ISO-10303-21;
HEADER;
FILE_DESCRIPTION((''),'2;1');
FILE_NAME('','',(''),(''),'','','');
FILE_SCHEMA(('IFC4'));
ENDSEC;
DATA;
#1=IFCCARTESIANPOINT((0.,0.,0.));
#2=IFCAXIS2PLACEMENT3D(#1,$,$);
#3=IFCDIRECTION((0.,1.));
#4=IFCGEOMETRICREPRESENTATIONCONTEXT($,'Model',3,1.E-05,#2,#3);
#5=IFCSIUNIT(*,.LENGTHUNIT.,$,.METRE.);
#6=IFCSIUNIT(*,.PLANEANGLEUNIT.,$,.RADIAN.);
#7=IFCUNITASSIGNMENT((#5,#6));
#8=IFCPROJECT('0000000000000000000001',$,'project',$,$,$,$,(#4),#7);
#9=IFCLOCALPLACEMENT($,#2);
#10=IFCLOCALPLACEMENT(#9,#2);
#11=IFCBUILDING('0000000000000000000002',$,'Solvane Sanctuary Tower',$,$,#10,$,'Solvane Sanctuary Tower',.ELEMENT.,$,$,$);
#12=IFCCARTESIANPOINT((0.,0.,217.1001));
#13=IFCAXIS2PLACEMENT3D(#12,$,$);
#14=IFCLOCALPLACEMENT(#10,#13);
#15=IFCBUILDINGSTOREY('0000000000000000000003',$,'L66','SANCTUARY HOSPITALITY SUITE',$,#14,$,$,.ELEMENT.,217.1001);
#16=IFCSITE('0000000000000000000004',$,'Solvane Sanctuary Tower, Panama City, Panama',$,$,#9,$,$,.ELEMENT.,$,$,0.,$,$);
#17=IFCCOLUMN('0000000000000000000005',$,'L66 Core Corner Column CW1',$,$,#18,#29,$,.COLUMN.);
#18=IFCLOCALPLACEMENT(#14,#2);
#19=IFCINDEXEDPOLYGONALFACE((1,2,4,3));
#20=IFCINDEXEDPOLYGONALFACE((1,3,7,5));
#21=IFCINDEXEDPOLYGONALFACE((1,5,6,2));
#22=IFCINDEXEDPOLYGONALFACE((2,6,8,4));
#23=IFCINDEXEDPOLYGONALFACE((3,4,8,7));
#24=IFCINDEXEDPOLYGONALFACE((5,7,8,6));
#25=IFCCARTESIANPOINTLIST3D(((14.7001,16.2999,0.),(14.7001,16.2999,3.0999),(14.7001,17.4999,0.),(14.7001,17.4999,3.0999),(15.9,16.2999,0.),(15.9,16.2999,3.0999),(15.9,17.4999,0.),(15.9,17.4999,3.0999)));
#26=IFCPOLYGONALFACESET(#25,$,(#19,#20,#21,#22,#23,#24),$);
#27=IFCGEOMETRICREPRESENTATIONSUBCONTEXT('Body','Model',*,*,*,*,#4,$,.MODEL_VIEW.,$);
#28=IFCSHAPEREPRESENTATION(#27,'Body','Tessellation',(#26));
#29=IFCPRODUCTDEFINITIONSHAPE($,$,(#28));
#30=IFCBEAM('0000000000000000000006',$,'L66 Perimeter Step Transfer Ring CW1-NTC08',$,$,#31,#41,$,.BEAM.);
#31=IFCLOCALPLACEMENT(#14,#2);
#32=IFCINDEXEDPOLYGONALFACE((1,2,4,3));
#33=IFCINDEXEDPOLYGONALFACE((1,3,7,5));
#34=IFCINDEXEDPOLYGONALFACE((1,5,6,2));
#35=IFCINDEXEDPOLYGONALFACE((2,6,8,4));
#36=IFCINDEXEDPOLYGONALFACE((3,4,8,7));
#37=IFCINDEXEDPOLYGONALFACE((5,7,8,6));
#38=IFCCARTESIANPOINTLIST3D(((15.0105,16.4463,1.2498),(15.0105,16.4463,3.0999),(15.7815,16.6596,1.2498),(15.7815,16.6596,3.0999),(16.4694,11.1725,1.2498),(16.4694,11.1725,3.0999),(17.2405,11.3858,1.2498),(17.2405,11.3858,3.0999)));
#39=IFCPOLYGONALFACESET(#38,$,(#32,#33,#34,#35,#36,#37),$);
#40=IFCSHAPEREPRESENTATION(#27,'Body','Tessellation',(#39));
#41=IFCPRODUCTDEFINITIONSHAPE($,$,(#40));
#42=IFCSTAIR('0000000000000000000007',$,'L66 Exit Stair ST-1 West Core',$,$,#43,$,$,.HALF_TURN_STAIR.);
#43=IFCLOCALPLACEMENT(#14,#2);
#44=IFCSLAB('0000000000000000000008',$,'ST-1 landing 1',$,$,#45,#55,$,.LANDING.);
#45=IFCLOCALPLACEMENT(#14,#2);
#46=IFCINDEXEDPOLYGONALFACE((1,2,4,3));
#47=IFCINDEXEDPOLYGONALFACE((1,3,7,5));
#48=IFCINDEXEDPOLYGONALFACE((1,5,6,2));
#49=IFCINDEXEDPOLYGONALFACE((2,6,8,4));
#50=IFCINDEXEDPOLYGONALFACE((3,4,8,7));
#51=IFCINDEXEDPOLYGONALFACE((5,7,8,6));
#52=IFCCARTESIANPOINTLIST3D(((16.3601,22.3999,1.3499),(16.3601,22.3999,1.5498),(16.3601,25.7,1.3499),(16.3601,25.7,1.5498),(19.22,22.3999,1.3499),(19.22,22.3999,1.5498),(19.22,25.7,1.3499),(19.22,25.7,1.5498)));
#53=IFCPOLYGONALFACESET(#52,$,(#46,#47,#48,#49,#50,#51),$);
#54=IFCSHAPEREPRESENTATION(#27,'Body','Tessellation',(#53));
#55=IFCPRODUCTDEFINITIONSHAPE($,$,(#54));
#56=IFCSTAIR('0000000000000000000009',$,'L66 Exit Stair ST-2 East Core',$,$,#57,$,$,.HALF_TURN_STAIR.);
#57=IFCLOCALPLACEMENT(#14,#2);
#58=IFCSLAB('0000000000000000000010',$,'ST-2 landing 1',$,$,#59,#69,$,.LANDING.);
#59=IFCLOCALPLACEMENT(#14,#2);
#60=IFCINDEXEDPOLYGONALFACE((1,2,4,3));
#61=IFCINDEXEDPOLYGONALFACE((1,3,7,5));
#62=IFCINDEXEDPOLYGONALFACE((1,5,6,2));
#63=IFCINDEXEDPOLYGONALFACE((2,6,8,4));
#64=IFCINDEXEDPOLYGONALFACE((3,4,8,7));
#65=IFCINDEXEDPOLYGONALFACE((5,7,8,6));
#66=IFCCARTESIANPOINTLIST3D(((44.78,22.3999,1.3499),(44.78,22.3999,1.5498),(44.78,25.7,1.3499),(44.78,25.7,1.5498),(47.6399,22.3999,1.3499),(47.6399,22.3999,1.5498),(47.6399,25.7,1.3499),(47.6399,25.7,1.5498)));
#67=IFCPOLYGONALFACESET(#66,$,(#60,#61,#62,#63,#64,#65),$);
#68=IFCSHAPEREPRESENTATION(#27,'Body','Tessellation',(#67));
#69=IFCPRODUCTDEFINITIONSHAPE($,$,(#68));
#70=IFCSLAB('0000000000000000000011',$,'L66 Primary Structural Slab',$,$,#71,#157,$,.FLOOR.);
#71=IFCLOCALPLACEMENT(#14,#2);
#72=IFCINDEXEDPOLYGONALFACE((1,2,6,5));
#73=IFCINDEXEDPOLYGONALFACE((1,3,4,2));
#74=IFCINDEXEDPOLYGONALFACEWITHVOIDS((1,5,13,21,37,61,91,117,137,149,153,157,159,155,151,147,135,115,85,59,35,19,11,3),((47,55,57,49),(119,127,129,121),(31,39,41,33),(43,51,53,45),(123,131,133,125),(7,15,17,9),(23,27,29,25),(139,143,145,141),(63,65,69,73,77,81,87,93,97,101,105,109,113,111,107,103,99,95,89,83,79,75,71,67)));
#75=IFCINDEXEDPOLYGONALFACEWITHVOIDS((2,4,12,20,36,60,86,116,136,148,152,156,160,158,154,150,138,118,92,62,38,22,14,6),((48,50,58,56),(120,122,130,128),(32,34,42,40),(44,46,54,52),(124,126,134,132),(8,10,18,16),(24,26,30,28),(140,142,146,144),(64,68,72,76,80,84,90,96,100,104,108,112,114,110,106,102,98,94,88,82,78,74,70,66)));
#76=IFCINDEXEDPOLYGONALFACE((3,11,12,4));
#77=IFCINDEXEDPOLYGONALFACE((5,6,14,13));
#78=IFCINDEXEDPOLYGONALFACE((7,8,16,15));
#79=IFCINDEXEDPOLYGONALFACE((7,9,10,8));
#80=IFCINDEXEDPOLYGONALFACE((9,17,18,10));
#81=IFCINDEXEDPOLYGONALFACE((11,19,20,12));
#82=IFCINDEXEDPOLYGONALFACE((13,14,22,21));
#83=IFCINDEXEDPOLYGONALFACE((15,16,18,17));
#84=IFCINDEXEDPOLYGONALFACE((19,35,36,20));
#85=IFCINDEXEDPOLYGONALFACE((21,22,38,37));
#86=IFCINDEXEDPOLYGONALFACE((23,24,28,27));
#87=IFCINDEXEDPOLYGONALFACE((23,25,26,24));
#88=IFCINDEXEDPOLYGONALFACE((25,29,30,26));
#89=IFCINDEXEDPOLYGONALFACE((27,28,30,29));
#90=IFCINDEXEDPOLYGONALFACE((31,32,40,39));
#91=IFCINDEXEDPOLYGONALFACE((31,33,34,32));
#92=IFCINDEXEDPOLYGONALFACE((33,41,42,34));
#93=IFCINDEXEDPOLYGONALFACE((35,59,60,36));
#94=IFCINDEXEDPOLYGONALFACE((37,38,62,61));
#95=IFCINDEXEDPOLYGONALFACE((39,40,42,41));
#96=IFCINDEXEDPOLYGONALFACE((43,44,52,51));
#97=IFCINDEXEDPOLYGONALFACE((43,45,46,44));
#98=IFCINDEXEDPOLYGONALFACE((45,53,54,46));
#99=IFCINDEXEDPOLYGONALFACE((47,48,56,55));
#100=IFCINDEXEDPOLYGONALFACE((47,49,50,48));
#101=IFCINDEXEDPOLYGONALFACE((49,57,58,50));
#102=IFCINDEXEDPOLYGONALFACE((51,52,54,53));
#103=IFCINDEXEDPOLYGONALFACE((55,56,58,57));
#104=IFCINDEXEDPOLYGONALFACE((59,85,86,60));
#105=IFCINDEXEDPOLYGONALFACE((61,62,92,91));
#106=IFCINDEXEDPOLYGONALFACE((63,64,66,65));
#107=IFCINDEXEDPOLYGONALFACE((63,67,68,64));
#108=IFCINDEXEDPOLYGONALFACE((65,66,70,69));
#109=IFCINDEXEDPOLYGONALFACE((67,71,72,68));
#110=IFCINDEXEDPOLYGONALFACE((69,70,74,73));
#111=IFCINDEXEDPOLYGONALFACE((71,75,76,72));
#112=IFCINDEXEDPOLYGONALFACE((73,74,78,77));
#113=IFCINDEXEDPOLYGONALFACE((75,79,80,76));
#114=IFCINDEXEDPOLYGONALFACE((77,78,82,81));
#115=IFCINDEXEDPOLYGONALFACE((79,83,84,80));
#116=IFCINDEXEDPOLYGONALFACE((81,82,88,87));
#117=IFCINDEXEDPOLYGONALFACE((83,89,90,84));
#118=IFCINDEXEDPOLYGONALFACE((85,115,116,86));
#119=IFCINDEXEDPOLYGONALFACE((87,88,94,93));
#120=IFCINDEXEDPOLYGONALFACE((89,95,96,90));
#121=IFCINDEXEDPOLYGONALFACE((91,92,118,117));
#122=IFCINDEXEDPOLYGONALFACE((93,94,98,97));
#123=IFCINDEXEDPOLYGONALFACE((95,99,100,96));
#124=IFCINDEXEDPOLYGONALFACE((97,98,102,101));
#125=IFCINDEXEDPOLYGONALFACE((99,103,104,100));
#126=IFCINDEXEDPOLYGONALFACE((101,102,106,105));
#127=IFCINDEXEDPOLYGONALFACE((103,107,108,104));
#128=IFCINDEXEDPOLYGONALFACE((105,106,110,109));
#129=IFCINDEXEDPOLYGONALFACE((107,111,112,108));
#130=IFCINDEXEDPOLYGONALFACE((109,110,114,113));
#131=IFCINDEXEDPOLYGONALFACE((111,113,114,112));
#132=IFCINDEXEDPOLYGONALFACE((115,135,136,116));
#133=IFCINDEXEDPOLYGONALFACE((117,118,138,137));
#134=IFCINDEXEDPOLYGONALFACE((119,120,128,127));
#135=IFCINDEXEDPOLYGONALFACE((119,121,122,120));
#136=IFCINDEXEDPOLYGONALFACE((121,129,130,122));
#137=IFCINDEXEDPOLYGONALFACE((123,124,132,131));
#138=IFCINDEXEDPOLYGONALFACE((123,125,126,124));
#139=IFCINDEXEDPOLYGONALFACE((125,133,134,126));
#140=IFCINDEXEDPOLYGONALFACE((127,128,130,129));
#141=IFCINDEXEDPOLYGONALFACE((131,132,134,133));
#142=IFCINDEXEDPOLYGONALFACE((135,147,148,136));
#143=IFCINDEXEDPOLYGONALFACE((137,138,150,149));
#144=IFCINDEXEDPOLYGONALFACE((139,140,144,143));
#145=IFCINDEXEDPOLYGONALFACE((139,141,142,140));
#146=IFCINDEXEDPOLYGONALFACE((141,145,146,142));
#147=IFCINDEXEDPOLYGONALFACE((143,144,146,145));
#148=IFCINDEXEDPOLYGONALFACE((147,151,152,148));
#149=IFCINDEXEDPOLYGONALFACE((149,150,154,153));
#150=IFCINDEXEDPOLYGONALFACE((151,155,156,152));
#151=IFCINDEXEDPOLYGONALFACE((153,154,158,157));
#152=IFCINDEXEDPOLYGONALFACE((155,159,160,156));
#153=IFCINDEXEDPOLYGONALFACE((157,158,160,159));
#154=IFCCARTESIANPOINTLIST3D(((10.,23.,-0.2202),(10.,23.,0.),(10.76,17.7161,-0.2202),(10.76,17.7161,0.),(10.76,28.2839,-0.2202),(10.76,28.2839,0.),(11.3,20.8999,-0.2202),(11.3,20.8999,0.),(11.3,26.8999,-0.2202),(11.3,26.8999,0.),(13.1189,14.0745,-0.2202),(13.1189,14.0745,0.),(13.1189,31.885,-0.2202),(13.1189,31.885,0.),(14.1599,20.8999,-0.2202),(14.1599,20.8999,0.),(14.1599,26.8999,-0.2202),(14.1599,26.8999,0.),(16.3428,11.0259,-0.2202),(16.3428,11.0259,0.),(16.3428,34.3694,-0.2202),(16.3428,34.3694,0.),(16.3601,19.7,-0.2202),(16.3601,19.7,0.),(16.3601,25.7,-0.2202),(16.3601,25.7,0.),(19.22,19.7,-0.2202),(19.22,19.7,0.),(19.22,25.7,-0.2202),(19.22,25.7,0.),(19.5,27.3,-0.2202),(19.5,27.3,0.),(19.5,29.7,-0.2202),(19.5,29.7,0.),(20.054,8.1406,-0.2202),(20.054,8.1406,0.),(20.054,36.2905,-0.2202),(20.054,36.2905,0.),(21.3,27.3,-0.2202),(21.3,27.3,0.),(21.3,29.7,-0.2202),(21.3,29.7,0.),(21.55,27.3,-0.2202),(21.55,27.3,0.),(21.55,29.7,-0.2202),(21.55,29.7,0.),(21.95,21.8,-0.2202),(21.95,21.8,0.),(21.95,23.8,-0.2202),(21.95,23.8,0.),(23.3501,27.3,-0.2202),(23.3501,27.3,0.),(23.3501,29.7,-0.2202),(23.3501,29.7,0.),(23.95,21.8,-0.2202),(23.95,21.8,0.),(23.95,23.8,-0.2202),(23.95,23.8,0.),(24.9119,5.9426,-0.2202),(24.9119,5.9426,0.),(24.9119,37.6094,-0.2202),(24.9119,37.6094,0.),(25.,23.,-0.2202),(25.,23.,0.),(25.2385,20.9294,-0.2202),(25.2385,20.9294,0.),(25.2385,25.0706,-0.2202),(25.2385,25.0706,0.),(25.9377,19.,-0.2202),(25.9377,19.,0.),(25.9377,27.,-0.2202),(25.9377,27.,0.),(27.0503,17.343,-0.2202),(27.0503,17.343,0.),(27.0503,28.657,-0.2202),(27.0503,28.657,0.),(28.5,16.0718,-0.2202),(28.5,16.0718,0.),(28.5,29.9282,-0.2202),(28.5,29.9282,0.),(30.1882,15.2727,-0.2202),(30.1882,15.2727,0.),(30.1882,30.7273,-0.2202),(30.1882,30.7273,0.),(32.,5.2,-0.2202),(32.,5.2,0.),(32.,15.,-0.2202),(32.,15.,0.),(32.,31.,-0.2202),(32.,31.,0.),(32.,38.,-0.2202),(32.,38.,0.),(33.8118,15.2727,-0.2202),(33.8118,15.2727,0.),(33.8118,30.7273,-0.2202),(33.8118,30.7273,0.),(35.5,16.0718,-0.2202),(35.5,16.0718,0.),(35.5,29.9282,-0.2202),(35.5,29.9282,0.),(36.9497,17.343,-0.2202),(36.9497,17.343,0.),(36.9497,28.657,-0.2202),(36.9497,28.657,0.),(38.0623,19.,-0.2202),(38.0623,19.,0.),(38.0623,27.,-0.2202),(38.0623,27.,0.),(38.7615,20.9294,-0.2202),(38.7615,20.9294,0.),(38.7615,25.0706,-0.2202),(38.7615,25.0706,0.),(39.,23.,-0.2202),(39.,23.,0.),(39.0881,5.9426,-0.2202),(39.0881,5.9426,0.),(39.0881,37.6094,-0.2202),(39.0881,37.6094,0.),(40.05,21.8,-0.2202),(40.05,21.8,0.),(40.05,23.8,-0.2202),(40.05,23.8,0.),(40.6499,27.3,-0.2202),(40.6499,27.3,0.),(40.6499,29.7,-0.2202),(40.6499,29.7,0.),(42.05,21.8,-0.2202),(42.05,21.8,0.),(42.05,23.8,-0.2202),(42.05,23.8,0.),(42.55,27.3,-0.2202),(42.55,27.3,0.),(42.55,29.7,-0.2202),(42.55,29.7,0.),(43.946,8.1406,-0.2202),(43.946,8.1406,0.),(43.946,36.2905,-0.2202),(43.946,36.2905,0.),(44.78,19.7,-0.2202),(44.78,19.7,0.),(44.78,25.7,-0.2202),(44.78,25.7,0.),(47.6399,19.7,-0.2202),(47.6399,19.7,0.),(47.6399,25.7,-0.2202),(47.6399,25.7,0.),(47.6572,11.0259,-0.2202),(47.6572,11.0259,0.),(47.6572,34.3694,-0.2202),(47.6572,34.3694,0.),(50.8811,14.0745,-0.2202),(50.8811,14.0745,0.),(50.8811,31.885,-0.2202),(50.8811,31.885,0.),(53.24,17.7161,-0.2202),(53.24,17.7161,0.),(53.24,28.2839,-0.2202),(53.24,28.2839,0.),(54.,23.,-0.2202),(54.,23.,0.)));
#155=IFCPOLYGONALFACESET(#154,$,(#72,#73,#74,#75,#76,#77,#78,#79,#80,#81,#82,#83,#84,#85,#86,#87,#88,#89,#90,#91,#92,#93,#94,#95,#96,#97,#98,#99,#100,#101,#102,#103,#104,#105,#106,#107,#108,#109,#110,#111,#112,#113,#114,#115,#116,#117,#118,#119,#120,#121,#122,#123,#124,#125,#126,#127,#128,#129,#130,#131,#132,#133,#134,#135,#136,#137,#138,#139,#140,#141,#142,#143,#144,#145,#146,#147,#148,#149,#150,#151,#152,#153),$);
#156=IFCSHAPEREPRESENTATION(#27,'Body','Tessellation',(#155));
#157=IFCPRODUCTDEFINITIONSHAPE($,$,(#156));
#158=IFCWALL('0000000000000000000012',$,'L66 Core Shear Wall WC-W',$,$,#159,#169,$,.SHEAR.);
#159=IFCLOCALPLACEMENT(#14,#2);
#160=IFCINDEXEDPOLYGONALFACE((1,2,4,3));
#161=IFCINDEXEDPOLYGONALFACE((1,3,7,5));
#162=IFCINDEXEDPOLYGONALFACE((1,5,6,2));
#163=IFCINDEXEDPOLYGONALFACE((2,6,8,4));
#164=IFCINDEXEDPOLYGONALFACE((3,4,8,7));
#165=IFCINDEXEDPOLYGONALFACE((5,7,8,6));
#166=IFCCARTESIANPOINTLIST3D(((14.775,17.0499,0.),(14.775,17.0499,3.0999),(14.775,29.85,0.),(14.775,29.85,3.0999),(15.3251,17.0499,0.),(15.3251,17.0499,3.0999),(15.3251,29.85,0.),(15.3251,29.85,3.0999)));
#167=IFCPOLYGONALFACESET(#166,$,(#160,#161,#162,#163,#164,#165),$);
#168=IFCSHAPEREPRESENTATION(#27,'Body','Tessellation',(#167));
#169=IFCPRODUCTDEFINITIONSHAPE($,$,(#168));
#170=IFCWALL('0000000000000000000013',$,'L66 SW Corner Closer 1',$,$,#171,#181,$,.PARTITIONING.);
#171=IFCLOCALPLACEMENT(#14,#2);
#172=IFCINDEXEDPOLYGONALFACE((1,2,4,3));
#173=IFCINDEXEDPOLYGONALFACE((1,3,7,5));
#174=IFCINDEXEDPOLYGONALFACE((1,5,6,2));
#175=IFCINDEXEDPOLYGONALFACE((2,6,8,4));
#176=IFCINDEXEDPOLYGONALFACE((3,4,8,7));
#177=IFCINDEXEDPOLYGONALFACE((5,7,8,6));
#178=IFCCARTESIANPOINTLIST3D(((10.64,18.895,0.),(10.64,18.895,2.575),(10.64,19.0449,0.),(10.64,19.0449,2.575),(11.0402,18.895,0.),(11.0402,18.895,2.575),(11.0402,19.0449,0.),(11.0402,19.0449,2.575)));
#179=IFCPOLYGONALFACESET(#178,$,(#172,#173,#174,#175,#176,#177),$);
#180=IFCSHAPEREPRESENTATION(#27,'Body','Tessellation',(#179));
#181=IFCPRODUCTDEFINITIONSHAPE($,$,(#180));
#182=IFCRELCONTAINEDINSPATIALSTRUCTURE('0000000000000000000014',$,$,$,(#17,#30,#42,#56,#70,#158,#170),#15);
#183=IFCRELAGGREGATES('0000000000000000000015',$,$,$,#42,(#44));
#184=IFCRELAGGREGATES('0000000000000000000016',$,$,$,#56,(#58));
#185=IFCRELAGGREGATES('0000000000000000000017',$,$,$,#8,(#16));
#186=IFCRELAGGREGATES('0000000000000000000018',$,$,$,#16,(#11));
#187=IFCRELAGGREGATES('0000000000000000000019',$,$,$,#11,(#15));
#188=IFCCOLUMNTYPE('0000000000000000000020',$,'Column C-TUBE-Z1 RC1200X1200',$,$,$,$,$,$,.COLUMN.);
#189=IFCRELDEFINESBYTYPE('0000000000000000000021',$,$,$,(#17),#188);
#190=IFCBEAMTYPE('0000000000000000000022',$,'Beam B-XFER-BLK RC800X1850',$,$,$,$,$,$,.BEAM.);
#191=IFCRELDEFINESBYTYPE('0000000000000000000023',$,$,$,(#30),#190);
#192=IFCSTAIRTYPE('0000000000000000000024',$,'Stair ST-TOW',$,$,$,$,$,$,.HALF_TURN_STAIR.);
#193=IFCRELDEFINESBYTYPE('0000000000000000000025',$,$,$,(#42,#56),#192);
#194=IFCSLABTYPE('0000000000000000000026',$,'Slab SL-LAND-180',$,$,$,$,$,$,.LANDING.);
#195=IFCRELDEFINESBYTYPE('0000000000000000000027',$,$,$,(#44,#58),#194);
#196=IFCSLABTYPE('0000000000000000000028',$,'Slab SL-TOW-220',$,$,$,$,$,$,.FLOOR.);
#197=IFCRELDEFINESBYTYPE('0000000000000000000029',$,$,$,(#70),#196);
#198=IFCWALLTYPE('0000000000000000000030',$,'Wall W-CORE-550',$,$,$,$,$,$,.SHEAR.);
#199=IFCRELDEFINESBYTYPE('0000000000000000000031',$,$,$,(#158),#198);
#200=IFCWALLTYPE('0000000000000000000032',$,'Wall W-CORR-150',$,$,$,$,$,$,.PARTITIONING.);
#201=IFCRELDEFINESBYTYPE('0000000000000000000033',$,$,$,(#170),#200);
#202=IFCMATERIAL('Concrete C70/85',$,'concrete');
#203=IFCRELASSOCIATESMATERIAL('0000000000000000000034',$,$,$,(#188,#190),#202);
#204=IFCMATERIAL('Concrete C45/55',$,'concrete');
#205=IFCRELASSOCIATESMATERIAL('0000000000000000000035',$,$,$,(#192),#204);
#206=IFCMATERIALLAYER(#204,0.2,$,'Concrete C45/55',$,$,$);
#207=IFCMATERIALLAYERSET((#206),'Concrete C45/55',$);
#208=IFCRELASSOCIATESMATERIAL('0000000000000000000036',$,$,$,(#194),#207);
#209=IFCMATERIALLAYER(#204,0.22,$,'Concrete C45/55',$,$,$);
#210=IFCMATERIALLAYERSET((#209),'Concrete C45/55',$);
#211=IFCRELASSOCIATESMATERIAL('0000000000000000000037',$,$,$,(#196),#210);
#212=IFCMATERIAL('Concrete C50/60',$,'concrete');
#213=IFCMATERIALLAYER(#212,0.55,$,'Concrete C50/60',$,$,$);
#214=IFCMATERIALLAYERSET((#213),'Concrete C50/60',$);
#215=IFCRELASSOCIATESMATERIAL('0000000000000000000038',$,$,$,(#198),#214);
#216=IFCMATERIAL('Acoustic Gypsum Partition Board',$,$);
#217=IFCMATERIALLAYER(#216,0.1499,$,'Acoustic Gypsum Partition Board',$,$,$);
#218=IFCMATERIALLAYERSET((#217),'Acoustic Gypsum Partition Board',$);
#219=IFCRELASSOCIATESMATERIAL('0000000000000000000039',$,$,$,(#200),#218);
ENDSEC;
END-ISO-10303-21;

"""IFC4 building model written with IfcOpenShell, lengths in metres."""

from ifc_helpers import new_model, si_unit, direction, frame, frame_2d, origin, origin_2d, place, context, subcontext, project, spatial, polyline, rectangle, outline, extrude, material, layer, layer_set, material_profile, profile_set, type_object, element, aggregate, save


model = new_model("IFC4")

# Units and contexts
model_context = context("Model", 3, precision=1e-05, world=origin(), true_north=direction((0.0, 1.0)))
body_context = subcontext(model_context, "Body", "Model", "MODEL_VIEW")
ifc_project = project(units=[si_unit("LENGTHUNIT", "METRE"), si_unit("PLANEANGLEUNIT", "RADIAN")], contexts=[model_context])

# Site, building, storey
site_placement = place(None, origin())
site = spatial("IfcSite", under=ifc_project, at=site_placement, Name="Solvane Sanctuary Tower, Panama City, Panama", CompositionType="ELEMENT", RefElevation=0.0)
building_placement = place(site_placement, origin())
building = spatial("IfcBuilding", under=site, at=building_placement, Name="Solvane Sanctuary Tower", LongName="Solvane Sanctuary Tower", CompositionType="ELEMENT")
storey_placement = place(building_placement, frame((0.0, 0.0, 217.1001)))
storey = spatial("IfcBuildingStorey", under=building, at=storey_placement, Name="L66", Description="SANCTUARY HOSPITALITY SUITE", CompositionType="ELEMENT", Elevation=217.1001)

# Column
ifc_material_1 = material(Name="Concrete C70/85", Category="concrete")
ifc_material_profile_1 = material_profile(ifc_material_1, rectangle(XDim=1.2, YDim=1.2, at=origin_2d()), Name="RC1200X1200")
ifc_profile_set_1 = profile_set([ifc_material_profile_1], Name="Concrete C70/85")
column_type = type_object("IfcColumnType", Name="Column C-TUBE-Z1 RC1200X1200", PredefinedType="COLUMN", material=ifc_profile_set_1)
column_placement = place(storey_placement, frame((15.3, 16.8999, 0.0), z_axis=(0.0, 0.0, 1.0), x_axis=(1.0, 0.0, 0.0)))
element("IfcColumn", 1, at=column_placement, inside=storey, type_object=column_type, Name="L66 Core Corner Column CW1", PredefinedType="COLUMN", context=body_context, shape_type="SweptSolid", body=[
    extrude(rectangle(XDim=1.2, YDim=1.2, at=origin_2d()), origin(), (0.0, 0.0, 1.0), 3.0999),
])

# Beam
ifc_material_profile_2 = material_profile(ifc_material_1, rectangle(XDim=0.8, YDim=1.8501, at=origin_2d()), Name="RC800X1850")
ifc_profile_set_2 = profile_set([ifc_material_profile_2], Name="Concrete C70/85")
beam_type = type_object("IfcBeamType", Name="Beam B-XFER-BLK RC800X1850", PredefinedType="BEAM", material=ifc_profile_set_2)
beam_placement = place(storey_placement, frame((15.396, 16.553, 2.1748), z_axis=(0.266627, -0.9638, 0.0), x_axis=(0.9638, 0.266627, 0.0)))
element("IfcBeam", 2, at=beam_placement, inside=storey, type_object=beam_type, Name="L66 Perimeter Step Transfer Ring CW1-NTC08", PredefinedType="BEAM", context=body_context, shape_type="SweptSolid", body=[
    extrude(rectangle(XDim=0.8, YDim=1.8501, at=origin_2d()), origin(), (0.0, 0.0, 1.0), 5.4719),
])

# Stairs, slabs
ifc_material_2 = material(Name="Concrete C45/55", Category="concrete")
stair_type = type_object("IfcStairType", Name="Stair ST-TOW", PredefinedType="HALF_TURN_STAIR", material=ifc_material_2)
stair_1_placement = place(storey_placement, origin())
stair_1 = element("IfcStair", 3, at=stair_1_placement, inside=storey, type_object=stair_type, Name="L66 Exit Stair ST-1 West Core", PredefinedType="HALF_TURN_STAIR")
ifc_layer_1 = layer(ifc_material_2, 0.2, Name="Concrete C45/55")
ifc_layer_set_1 = layer_set([ifc_layer_1], Name="Concrete C45/55")
slab_type_1 = type_object("IfcSlabType", Name="Slab SL-LAND-180", PredefinedType="LANDING", material=ifc_layer_set_1)
slab_1_placement = place(storey_placement, frame((0.0, 0.0, 1.3499)))
slab_1 = element("IfcSlab", 4, at=slab_1_placement, type_object=slab_type_1, Name="ST-1 landing 1", PredefinedType="LANDING", context=body_context, shape_type="SweptSolid", body=[
    extrude(outline(polyline([(19.22, 22.3999), (19.22, 25.7), (16.3601, 25.7), (16.3601, 22.3999), (19.22, 22.3999)])), origin(), (0.0, 0.0, 1.0), 0.2),
])
aggregate(stair_1, [slab_1])
stair_2_placement = place(storey_placement, origin())
stair_2 = element("IfcStair", 5, at=stair_2_placement, inside=storey, type_object=stair_type, Name="L66 Exit Stair ST-2 East Core", PredefinedType="HALF_TURN_STAIR")
slab_2_placement = place(storey_placement, frame((0.0, 0.0, 1.3499)))
slab_2 = element("IfcSlab", 6, at=slab_2_placement, type_object=slab_type_1, Name="ST-2 landing 1", PredefinedType="LANDING", context=body_context, shape_type="SweptSolid", body=[
    extrude(outline(polyline([(47.6399, 22.3999), (47.6399, 25.7), (44.78, 25.7), (44.78, 22.3999), (47.6399, 22.3999)])), origin(), (0.0, 0.0, 1.0), 0.2),
])
aggregate(stair_2, [slab_2])

# Slab
ifc_layer_2 = layer(ifc_material_2, 0.22, Name="Concrete C45/55")
ifc_layer_set_2 = layer_set([ifc_layer_2], Name="Concrete C45/55")
slab_type_2 = type_object("IfcSlabType", Name="Slab SL-TOW-220", PredefinedType="FLOOR", material=ifc_layer_set_2)
slab_3_placement = place(storey_placement, frame((0.0, 0.0, -0.2202)))
element("IfcSlab", 7, at=slab_3_placement, inside=storey, type_object=slab_type_2, Name="L66 Primary Structural Slab", PredefinedType="FLOOR", context=body_context, shape_type="SweptSolid", body=[
    extrude(outline(polyline([(54.0, 23.0), (53.24, 28.2839), (50.8811, 31.885), (47.6572, 34.3694), (43.946, 36.2905), (39.0881, 37.6094), (32.0, 38.0), (24.9119, 37.6094), (20.054, 36.2905), (16.3428, 34.3694), (13.1189, 31.885), (10.76, 28.2839), (10.0, 23.0), (10.76, 17.7161), (13.1189, 14.0745), (16.3428, 11.0259), (20.054, 8.1406), (24.9119, 5.9426), (32.0, 5.2), (39.0881, 5.9426), (43.946, 8.1406), (47.6572, 11.0259), (50.8811, 14.0745), (53.24, 17.7161), (54.0, 23.0)]), holes=[polyline([(38.7615, 20.9294), (38.0623, 19.0), (36.9497, 17.343), (35.5, 16.0718), (33.8118, 15.2727), (32.0, 15.0), (30.1882, 15.2727), (28.5, 16.0718), (27.0503, 17.343), (25.9377, 19.0), (25.2385, 20.9294), (25.0, 23.0), (25.2385, 25.0706), (25.9377, 27.0), (27.0503, 28.657), (28.5, 29.9282), (30.1882, 30.7273), (32.0, 31.0), (33.8118, 30.7273), (35.5, 29.9282), (36.9497, 28.657), (38.0623, 27.0), (38.7615, 25.0706), (39.0, 23.0), (38.7615, 20.9294)]), polyline([(16.3601, 19.7), (16.3601, 25.7), (19.22, 25.7), (19.22, 19.7), (16.3601, 19.7)]), polyline([(44.78, 19.7), (44.78, 25.7), (47.6399, 25.7), (47.6399, 19.7), (44.78, 19.7)]), polyline([(11.3, 20.8999), (11.3, 26.8999), (14.1599, 26.8999), (14.1599, 20.8999), (11.3, 20.8999)]), polyline([(21.95, 23.8), (23.95, 23.8), (23.95, 21.8), (21.95, 21.8), (21.95, 23.8)]), polyline([(40.05, 23.8), (42.05, 23.8), (42.05, 21.8), (40.05, 21.8), (40.05, 23.8)]), polyline([(19.5, 29.7), (21.3, 29.7), (21.3, 27.3), (19.5, 27.3), (19.5, 29.7)]), polyline([(21.55, 29.7), (23.3501, 29.7), (23.3501, 27.3), (21.55, 27.3), (21.55, 29.7)]), polyline([(40.6499, 29.7), (42.55, 29.7), (42.55, 27.3), (40.6499, 27.3), (40.6499, 29.7)])]), origin(), (0.0, 0.0, 1.0), 0.2202),
])

# Walls
ifc_material_3 = material(Name="Concrete C50/60", Category="concrete")
ifc_layer_3 = layer(ifc_material_3, 0.55, Name="Concrete C50/60")
ifc_layer_set_3 = layer_set([ifc_layer_3], Name="Concrete C50/60")
wall_type_1 = type_object("IfcWallType", Name="Wall W-CORE-550", PredefinedType="SHEAR", material=ifc_layer_set_3)
wall_1_placement = place(storey_placement, frame((15.05, 17.05, 0.0), z_axis=(0.0, 0.0, 1.0), x_axis=(0.0, 1.0, 0.0)))
element("IfcWall", 8, at=wall_1_placement, inside=storey, type_object=wall_type_1, Name="L66 Core Shear Wall WC-W", PredefinedType="SHEAR", context=body_context, shape_type="SweptSolid", body=[
    extrude(rectangle(XDim=12.8, YDim=0.55, at=frame_2d((6.3999, 0.0))), origin(), (0.0, 0.0, 1.0), 3.0999),
])
ifc_material_4 = material(Name="Acoustic Gypsum Partition Board")
ifc_layer_4 = layer(ifc_material_4, 0.1499, Name="Acoustic Gypsum Partition Board")
ifc_layer_set_4 = layer_set([ifc_layer_4], Name="Acoustic Gypsum Partition Board")
wall_type_2 = type_object("IfcWallType", Name="Wall W-CORR-150", PredefinedType="PARTITIONING", material=ifc_layer_set_4)
wall_2_placement = place(storey_placement, frame((10.6399, 18.97, 0.0), z_axis=(0.0, 0.0, 1.0), x_axis=(1.0, 0.0, 0.0)))
element("IfcWall", 9, at=wall_2_placement, inside=storey, type_object=wall_type_2, Name="L66 SW Corner Closer 1", PredefinedType="PARTITIONING", context=body_context, shape_type="SweptSolid", body=[
    extrude(rectangle(XDim=0.4001, YDim=0.1499, at=frame_2d((0.2002, 0.0))), origin(), (0.0, 0.0, 1.0), 2.575),
])

save(model, "model.ifc")
